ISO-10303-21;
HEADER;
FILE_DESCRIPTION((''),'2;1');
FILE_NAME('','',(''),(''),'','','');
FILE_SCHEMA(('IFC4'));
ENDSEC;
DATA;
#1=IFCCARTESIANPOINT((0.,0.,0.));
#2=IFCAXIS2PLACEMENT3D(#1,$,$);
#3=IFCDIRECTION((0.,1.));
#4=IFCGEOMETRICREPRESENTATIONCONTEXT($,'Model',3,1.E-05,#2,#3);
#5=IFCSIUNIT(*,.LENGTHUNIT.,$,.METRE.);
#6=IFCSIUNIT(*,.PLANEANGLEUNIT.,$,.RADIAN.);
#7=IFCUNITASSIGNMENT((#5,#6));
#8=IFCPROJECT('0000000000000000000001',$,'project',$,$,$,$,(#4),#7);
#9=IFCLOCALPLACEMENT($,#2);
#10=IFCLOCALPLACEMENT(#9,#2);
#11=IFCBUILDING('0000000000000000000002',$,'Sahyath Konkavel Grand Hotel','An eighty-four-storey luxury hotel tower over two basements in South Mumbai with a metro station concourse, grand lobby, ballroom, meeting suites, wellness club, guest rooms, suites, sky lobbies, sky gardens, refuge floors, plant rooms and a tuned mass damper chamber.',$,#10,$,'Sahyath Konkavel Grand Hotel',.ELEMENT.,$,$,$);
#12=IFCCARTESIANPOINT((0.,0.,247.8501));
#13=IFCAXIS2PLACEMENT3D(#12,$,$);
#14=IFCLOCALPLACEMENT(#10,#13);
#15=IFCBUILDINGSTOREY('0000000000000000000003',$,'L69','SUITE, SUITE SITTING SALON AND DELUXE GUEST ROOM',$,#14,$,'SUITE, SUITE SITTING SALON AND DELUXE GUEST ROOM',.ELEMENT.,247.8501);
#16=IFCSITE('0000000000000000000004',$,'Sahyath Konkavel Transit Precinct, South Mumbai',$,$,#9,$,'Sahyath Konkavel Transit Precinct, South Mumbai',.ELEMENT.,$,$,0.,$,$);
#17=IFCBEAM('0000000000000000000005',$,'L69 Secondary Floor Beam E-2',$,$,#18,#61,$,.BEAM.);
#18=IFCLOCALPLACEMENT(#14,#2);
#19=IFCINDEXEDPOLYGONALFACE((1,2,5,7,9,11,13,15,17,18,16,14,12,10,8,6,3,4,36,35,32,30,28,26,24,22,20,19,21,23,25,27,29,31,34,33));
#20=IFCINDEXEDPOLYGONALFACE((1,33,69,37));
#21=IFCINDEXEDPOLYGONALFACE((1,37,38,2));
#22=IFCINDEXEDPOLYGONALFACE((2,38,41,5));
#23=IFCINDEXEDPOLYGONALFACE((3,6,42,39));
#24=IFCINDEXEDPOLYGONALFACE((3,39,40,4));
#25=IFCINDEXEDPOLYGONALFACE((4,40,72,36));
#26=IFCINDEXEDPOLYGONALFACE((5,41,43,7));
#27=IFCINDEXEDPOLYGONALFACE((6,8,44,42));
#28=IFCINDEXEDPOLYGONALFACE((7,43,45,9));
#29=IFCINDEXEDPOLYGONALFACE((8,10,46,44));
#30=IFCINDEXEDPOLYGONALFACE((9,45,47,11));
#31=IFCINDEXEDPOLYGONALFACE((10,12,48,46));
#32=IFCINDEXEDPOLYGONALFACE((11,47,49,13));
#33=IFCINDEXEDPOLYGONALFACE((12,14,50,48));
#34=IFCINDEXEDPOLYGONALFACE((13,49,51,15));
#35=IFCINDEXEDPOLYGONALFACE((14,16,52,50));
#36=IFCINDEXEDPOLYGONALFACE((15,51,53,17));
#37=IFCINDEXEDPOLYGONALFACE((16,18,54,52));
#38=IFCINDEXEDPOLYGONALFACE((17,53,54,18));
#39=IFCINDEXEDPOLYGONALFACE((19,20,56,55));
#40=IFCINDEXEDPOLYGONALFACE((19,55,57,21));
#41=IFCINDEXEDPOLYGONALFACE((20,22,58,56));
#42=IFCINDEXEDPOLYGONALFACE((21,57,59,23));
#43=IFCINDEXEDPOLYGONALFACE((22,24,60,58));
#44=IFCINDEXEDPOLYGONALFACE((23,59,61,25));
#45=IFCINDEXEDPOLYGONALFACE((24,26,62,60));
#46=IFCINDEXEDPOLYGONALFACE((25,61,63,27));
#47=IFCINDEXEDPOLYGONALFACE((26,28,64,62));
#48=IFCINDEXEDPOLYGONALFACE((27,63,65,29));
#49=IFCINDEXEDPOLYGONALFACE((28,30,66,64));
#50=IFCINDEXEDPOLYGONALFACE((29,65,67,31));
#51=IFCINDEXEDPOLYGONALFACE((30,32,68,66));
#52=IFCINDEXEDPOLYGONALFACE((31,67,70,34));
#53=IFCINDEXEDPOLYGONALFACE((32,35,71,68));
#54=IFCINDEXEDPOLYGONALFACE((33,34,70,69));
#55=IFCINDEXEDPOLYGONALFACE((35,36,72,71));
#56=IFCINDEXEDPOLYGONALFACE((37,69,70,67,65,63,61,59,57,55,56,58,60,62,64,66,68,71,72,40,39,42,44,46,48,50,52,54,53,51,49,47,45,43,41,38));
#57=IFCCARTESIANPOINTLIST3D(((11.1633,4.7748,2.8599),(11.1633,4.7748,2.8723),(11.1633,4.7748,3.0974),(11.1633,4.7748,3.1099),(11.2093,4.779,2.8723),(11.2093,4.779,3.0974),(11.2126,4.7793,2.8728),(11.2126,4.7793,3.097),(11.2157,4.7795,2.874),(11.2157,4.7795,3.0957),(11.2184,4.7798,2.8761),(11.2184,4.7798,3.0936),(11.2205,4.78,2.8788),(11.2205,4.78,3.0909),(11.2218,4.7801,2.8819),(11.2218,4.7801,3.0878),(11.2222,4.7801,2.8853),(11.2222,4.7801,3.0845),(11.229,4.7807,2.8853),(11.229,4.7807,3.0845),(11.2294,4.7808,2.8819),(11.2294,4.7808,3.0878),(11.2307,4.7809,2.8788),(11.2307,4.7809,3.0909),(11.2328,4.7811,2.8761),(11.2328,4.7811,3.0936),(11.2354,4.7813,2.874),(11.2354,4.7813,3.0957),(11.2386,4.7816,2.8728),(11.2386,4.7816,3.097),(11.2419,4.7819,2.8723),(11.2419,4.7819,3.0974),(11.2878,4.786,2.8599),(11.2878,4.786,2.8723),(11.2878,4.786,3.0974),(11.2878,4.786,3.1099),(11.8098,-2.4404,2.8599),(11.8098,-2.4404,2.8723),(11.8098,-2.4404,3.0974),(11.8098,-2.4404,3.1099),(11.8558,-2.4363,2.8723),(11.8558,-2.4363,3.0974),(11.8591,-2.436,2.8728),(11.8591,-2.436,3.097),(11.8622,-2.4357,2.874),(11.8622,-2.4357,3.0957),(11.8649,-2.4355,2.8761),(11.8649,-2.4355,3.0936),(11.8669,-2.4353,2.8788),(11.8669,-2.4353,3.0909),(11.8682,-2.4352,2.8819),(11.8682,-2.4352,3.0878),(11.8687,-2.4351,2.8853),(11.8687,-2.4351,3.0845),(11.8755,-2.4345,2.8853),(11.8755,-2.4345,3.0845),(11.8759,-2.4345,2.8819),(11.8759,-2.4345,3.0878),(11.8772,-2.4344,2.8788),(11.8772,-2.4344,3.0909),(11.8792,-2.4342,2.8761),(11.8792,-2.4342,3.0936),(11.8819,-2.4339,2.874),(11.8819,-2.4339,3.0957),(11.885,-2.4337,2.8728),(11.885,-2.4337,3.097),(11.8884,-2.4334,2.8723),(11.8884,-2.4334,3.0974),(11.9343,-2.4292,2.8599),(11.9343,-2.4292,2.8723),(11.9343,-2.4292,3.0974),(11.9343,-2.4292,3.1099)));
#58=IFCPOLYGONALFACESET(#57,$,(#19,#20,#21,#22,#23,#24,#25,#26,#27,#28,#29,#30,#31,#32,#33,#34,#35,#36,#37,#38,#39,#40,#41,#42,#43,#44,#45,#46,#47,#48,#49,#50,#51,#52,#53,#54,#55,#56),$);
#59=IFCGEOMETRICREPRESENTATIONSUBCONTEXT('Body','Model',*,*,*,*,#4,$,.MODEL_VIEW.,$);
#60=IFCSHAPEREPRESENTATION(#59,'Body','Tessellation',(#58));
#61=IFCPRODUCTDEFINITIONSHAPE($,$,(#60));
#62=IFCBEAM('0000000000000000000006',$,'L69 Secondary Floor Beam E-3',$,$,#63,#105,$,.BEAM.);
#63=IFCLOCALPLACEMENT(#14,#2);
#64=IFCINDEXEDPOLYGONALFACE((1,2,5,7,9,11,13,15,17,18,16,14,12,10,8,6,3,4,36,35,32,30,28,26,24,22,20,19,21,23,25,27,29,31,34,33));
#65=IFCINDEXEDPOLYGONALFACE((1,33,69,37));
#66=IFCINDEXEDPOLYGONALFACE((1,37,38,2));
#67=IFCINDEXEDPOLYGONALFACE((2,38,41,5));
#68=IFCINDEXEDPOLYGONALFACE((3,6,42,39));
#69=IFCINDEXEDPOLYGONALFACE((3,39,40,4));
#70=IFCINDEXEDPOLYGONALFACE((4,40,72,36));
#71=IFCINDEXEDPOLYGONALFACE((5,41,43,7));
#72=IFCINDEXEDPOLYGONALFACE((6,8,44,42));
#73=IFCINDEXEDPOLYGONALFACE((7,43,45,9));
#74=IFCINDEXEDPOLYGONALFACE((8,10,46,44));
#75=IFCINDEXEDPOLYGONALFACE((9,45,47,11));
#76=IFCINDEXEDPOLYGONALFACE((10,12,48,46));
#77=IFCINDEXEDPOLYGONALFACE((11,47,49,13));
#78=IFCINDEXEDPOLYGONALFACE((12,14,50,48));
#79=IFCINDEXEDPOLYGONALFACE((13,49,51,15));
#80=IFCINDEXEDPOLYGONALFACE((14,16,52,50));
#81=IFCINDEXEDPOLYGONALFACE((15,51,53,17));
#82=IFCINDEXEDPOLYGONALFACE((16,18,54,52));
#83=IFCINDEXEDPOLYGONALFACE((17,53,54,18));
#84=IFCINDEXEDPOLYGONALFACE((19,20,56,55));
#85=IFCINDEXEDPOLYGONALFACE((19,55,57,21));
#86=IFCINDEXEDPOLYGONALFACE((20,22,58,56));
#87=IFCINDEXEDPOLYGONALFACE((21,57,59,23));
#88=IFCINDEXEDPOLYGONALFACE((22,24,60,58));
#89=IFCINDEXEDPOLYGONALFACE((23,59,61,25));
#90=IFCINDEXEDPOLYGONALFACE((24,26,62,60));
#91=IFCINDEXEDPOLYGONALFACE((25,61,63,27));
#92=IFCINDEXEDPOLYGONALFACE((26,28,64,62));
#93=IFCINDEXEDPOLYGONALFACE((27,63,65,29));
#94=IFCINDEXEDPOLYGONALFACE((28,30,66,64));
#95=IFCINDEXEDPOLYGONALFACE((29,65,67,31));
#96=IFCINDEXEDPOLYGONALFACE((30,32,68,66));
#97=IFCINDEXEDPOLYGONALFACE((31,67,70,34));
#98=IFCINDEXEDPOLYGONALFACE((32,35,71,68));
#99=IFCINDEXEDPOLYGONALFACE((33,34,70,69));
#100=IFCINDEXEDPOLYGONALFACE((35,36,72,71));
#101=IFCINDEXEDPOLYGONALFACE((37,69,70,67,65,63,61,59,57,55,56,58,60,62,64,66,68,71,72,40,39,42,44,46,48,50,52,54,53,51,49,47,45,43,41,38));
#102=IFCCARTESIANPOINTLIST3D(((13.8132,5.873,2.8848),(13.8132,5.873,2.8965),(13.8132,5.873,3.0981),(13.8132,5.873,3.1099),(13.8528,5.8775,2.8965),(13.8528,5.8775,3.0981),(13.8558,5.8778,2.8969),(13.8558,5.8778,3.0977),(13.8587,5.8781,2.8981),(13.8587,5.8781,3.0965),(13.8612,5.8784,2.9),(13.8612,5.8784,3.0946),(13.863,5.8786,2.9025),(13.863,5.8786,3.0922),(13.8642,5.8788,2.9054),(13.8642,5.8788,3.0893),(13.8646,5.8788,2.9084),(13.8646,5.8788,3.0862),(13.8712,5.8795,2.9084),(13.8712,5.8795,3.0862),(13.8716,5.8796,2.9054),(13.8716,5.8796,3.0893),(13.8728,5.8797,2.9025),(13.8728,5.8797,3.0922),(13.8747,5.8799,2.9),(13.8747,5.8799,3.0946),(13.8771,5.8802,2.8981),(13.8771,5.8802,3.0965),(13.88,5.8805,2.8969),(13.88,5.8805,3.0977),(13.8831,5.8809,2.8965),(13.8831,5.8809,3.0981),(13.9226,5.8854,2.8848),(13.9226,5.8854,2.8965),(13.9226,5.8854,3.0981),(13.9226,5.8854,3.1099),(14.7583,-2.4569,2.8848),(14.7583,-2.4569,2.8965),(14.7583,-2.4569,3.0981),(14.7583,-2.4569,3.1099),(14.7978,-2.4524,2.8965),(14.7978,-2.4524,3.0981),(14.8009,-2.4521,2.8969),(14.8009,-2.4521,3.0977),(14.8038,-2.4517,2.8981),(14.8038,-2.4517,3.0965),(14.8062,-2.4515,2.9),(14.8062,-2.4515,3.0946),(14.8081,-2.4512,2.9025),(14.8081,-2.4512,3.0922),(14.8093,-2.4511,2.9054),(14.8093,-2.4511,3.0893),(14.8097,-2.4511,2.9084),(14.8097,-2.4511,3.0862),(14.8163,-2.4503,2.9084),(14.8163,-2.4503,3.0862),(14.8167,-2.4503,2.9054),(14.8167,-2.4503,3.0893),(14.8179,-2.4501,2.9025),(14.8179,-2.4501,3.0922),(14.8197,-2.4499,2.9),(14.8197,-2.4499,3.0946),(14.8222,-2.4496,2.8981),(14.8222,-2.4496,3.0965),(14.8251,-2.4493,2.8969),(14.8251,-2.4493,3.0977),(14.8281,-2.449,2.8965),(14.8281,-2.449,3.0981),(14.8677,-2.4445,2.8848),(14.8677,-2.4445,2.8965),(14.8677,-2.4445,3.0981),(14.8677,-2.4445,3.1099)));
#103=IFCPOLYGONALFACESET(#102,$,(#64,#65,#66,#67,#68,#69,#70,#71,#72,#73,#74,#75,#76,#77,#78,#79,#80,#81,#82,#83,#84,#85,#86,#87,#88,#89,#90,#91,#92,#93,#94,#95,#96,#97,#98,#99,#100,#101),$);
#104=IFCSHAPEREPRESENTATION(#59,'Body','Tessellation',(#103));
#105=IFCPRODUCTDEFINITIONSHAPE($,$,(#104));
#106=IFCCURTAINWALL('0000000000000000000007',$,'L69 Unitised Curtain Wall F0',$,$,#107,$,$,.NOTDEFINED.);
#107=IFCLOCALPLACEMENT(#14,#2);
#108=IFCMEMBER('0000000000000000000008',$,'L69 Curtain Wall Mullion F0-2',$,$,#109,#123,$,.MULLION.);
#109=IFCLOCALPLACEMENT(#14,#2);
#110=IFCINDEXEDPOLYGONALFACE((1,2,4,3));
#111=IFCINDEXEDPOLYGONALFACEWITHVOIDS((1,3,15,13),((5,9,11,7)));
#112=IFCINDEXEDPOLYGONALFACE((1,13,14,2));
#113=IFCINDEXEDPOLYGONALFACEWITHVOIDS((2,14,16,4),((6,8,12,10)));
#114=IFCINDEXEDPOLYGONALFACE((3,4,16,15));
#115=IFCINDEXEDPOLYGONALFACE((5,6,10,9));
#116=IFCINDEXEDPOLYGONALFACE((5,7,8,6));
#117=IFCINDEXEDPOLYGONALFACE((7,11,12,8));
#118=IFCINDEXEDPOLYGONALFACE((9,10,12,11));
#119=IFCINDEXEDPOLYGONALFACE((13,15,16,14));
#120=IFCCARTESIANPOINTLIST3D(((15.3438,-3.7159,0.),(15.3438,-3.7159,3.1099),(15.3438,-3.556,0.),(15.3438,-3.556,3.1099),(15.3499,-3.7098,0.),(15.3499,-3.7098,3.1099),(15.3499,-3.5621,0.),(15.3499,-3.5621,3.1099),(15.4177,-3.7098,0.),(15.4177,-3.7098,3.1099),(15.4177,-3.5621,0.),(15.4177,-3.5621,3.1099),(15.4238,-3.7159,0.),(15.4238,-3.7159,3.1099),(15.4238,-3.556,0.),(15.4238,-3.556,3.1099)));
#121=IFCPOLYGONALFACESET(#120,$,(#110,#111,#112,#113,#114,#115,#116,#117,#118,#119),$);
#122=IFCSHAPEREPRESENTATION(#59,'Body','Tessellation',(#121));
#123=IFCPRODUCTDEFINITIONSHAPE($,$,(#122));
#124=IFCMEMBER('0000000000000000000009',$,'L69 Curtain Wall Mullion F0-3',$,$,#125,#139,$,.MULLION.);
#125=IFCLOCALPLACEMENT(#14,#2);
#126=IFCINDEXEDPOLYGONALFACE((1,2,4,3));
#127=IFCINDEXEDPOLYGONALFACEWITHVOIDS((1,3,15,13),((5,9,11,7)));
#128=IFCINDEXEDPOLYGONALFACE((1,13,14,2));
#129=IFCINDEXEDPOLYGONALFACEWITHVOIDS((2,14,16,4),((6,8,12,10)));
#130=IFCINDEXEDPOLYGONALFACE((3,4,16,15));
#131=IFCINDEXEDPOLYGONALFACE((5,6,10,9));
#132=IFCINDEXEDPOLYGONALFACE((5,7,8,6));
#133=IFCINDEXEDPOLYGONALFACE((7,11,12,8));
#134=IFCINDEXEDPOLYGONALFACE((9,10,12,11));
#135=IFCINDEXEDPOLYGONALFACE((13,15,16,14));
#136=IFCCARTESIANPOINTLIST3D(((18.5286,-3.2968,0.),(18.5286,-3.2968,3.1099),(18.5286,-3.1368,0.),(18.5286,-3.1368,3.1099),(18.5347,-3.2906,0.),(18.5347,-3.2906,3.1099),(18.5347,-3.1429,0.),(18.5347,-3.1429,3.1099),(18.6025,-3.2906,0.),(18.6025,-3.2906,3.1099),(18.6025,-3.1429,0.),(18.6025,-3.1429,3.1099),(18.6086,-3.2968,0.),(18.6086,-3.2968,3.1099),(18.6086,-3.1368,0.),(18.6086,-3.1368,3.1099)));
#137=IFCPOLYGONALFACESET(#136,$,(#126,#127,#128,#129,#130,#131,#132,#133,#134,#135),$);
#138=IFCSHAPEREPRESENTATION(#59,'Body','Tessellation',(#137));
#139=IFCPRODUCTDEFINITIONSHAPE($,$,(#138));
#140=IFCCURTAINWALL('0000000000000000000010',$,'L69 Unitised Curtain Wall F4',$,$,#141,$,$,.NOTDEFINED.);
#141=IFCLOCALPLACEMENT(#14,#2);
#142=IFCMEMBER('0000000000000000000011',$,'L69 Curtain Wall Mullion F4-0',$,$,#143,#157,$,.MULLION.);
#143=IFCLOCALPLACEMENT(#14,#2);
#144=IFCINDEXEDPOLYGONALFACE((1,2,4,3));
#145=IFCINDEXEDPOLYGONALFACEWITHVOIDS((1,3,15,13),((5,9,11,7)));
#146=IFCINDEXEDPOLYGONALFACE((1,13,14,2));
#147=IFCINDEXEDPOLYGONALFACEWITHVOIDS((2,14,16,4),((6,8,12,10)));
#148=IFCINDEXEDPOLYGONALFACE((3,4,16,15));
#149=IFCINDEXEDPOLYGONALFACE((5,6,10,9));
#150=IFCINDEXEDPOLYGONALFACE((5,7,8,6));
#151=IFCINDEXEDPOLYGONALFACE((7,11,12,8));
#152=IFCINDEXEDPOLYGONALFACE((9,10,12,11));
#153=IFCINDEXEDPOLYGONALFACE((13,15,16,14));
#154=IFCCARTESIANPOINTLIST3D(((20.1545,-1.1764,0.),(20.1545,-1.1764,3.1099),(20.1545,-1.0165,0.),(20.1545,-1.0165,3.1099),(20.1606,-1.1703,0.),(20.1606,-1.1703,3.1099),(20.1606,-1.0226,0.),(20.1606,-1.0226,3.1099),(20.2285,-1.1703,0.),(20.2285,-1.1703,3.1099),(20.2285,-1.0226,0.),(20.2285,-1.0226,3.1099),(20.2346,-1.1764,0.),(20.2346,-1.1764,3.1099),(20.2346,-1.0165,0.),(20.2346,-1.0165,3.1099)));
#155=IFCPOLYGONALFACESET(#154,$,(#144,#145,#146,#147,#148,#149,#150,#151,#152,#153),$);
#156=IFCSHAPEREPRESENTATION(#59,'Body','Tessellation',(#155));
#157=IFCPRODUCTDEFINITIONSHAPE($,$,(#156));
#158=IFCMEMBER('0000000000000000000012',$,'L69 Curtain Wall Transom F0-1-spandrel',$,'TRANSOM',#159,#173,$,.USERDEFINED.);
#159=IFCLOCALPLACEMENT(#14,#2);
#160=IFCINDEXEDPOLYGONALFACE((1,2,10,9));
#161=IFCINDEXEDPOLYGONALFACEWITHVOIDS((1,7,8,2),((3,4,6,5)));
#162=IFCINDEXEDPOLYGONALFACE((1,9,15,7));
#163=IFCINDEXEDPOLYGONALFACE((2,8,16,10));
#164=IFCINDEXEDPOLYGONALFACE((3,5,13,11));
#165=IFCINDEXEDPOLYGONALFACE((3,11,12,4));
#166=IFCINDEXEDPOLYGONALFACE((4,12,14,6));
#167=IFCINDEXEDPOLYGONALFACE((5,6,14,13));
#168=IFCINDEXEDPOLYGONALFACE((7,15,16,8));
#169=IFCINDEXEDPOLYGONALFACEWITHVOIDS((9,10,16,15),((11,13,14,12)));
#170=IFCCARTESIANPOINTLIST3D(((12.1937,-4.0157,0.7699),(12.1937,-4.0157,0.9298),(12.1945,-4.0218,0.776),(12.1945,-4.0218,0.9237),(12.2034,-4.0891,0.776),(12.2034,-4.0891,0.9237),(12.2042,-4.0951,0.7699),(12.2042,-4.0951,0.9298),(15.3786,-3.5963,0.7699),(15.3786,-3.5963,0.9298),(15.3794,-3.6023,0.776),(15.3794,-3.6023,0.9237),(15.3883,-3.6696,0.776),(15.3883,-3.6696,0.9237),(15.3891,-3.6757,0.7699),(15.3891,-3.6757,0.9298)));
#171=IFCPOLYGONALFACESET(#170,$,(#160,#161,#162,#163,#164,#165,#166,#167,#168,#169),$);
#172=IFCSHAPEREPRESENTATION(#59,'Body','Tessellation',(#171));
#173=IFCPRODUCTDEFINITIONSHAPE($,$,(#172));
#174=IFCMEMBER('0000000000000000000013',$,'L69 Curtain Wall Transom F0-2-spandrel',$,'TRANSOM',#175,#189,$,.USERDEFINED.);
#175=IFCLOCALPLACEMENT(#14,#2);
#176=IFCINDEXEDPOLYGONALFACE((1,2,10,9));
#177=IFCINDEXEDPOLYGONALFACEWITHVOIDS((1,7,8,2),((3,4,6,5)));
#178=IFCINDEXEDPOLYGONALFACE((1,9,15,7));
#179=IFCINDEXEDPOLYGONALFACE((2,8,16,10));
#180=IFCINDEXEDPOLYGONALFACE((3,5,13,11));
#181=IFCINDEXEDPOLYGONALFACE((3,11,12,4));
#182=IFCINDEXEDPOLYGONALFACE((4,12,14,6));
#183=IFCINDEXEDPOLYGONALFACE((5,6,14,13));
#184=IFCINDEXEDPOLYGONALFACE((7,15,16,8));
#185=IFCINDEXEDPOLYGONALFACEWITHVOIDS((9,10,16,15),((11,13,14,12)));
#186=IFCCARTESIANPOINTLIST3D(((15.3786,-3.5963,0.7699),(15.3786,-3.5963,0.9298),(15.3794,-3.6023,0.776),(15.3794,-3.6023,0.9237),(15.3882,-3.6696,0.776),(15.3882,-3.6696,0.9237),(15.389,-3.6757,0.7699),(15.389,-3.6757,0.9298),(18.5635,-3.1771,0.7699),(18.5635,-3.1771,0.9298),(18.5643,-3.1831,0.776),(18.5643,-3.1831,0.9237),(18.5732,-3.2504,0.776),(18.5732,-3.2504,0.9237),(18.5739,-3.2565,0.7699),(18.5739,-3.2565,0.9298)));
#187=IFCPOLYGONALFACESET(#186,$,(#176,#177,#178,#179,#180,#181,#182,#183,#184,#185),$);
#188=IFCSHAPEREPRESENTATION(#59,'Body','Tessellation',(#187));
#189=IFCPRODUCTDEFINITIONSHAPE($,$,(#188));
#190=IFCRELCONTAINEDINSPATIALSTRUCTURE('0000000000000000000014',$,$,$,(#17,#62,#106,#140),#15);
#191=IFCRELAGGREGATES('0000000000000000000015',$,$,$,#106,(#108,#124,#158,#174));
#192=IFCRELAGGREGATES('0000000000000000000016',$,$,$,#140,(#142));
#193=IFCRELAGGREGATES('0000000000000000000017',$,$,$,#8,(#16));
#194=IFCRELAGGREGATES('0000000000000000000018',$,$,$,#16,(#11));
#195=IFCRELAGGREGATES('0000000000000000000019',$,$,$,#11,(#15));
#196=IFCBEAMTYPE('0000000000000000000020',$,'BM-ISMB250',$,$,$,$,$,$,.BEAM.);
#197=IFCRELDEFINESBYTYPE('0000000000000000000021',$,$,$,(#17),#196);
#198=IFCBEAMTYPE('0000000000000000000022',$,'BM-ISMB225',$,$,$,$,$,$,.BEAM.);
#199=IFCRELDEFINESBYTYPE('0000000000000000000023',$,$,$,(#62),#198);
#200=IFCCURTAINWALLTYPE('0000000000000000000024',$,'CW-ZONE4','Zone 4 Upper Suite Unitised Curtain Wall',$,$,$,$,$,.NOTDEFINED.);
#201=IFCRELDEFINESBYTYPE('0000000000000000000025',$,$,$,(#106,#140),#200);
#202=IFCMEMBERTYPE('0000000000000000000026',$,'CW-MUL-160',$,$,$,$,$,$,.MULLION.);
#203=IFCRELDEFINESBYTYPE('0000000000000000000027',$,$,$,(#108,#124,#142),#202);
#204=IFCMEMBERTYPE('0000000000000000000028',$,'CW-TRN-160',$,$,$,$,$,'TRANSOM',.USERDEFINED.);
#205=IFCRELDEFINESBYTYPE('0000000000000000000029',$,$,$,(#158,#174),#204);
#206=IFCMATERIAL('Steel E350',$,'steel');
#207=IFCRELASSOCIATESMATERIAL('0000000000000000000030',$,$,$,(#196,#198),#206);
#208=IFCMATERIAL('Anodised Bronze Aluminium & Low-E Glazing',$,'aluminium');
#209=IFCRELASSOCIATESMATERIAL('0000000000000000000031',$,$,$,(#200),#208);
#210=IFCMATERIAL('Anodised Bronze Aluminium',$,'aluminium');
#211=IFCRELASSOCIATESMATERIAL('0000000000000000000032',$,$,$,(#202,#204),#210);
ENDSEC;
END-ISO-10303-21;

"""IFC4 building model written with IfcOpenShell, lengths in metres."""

from ifc_helpers import new_model, si_unit, direction, frame, origin, origin_2d, place, context, subcontext, project, spatial, hollow_rectangle, i_section, extrude, source, transform, mapped, material, material_profile, profile_set, type_object, element, aggregate, save


model = new_model("IFC4")

# Units and contexts
model_context = context("Model", 3, precision=1e-05, world=origin(), true_north=direction((0.0, 1.0)))
body_context = subcontext(model_context, "Body", "Model", "MODEL_VIEW")
ifc_project = project(units=[si_unit("LENGTHUNIT", "METRE"), si_unit("PLANEANGLEUNIT", "RADIAN")], contexts=[model_context])

# Site, building, storey
site_placement = place(None, origin())
site = spatial("IfcSite", under=ifc_project, at=site_placement, Name="Sahyath Konkavel Transit Precinct, South Mumbai", LongName="Sahyath Konkavel Transit Precinct, South Mumbai", CompositionType="ELEMENT", RefElevation=0.0)
building_placement = place(site_placement, origin())
building = spatial("IfcBuilding", under=site, at=building_placement, Name="Sahyath Konkavel Grand Hotel", Description="An eighty-four-storey luxury hotel tower over two basements in South Mumbai with a metro station concourse, grand lobby, ballroom, meeting suites, wellness club, guest rooms, suites, sky lobbies, sky gardens, refuge floors, plant rooms and a tuned mass damper chamber.", LongName="Sahyath Konkavel Grand Hotel", CompositionType="ELEMENT")
storey_placement = place(building_placement, frame((0.0, 0.0, 247.8501)))
storey = spatial("IfcBuildingStorey", under=building, at=storey_placement, Name="L69", Description="SUITE, SUITE SITTING SALON AND DELUXE GUEST ROOM", LongName="SUITE, SUITE SITTING SALON AND DELUXE GUEST ROOM", CompositionType="ELEMENT", Elevation=247.8501)

# Beams
ifc_material_1 = material(Name="Steel E350", Category="steel")
ifc_material_profile_1 = material_profile(ifc_material_1, i_section(OverallWidth=0.125, OverallDepth=0.25, WebThickness=0.0068, FlangeThickness=0.0125, FilletRadius=0.0129, at=origin_2d()), Name="ISMB 250")
ifc_profile_set_1 = profile_set([ifc_material_profile_1], Name="Steel E350")
beam_type_1 = type_object("IfcBeamType", Name="BM-ISMB250", PredefinedType="BEAM", material=ifc_profile_set_1)
shared_shape_1 = source(origin(), body_context, "Body", "SweptSolid", [
    extrude(i_section(OverallWidth=0.125, OverallDepth=0.25, WebThickness=0.0068, FlangeThickness=0.0125, FilletRadius=0.0129, at=origin_2d()), origin(), (0.0, 0.0, 1.0), 7.2441),
])
beam_1_placement = place(storey_placement, frame((11.8721, -2.4348, 2.9849), z_axis=(-0.089241, 0.99601, 0.0), x_axis=(-0.99601, -0.089241, 0.0)))
element("IfcBeam", 1, at=beam_1_placement, inside=storey, type_object=beam_type_1, Name="L69 Secondary Floor Beam E-2", PredefinedType="BEAM", context=body_context, shape_type="MappedRepresentation", body=[
    mapped(shared_shape_1, transform((0.0, 0.0, 0.0), scale=1.0)),
])
ifc_material_profile_2 = material_profile(ifc_material_1, i_section(OverallWidth=0.1101, OverallDepth=0.2251, WebThickness=0.0066, FlangeThickness=0.0117, FilletRadius=0.012, at=origin_2d()), Name="ISMB 225")
ifc_profile_set_2 = profile_set([ifc_material_profile_2], Name="Steel E350")
beam_type_2 = type_object("IfcBeamType", Name="BM-ISMB225", PredefinedType="BEAM", material=ifc_profile_set_2)
shared_shape_2 = source(origin(), body_context, "Body", "SweptSolid", [
    extrude(i_section(OverallWidth=0.1101, OverallDepth=0.2251, WebThickness=0.0066, FlangeThickness=0.0117, FilletRadius=0.012, at=origin_2d()), origin(), (0.0, 0.0, 1.0), 8.3833),
])
beam_2_placement = place(storey_placement, frame((14.813, -2.4507, 2.9973), z_axis=(-0.112733, 0.993625, 0.0), x_axis=(-0.993625, -0.112733, 0.0)))
element("IfcBeam", 2, at=beam_2_placement, inside=storey, type_object=beam_type_2, Name="L69 Secondary Floor Beam E-3", PredefinedType="BEAM", context=body_context, shape_type="MappedRepresentation", body=[
    mapped(shared_shape_2, transform((0.0, 0.0, 0.0), scale=1.0)),
])

# Curtain wall, members
ifc_material_2 = material(Name="Anodised Bronze Aluminium & Low-E Glazing", Category="aluminium")
curtain_wall_type = type_object("IfcCurtainWallType", Name="CW-ZONE4", Description="Zone 4 Upper Suite Unitised Curtain Wall", PredefinedType="NOTDEFINED", material=ifc_material_2)
curtain_wall_1_placement = place(storey_placement, origin())
curtain_wall_1 = element("IfcCurtainWall", 3, at=curtain_wall_1_placement, inside=storey, type_object=curtain_wall_type, Name="L69 Unitised Curtain Wall F0", PredefinedType="NOTDEFINED")
ifc_material_3 = material(Name="Anodised Bronze Aluminium", Category="aluminium")
ifc_material_profile_3 = material_profile(ifc_material_3, hollow_rectangle(XDim=0.0801, YDim=0.1599, WallThickness=0.0061, at=origin_2d()), Name="RHS 160x80x6")
ifc_profile_set_3 = profile_set([ifc_material_profile_3], Name="Anodised Bronze Aluminium")
member_type_1 = type_object("IfcMemberType", Name="CW-MUL-160", PredefinedType="MULLION", material=ifc_profile_set_3)
shared_shape_3 = source(origin(), body_context, "Body", "SweptSolid", [
    extrude(hollow_rectangle(XDim=0.0801, YDim=0.1599, WallThickness=0.0061, at=origin_2d()), origin(), (0.0, 0.0, 1.0), 3.1099),
])
member_1_placement = place(storey_placement, frame((15.3838, -3.636, 0.0), z_axis=(0.0, 0.0, 1.0), x_axis=(1.0, 0.0, 0.0)))
member_1 = element("IfcMember", 4, at=member_1_placement, type_object=member_type_1, Name="L69 Curtain Wall Mullion F0-2", PredefinedType="MULLION", context=body_context, shape_type="MappedRepresentation", body=[
    mapped(shared_shape_3, transform((0.0, 0.0, 0.0), scale=1.0)),
])
member_2_placement = place(storey_placement, frame((18.5686, -3.2168, 0.0), z_axis=(0.0, 0.0, 1.0), x_axis=(1.0, 0.0, 0.0)))
member_2 = element("IfcMember", 5, at=member_2_placement, type_object=member_type_1, Name="L69 Curtain Wall Mullion F0-3", PredefinedType="MULLION", context=body_context, shape_type="MappedRepresentation", body=[
    mapped(shared_shape_3, transform((0.0, 0.0, 0.0), scale=1.0)),
])

# Curtain wall, member
curtain_wall_2_placement = place(storey_placement, origin())
curtain_wall_2 = element("IfcCurtainWall", 6, at=curtain_wall_2_placement, inside=storey, type_object=curtain_wall_type, Name="L69 Unitised Curtain Wall F4", PredefinedType="NOTDEFINED")
member_3_placement = place(storey_placement, frame((20.1946, -1.0964, 0.0), z_axis=(0.0, 0.0, 1.0), x_axis=(1.0, 0.0, 0.0)))
member_3 = element("IfcMember", 7, at=member_3_placement, type_object=member_type_1, Name="L69 Curtain Wall Mullion F4-0", PredefinedType="MULLION", context=body_context, shape_type="MappedRepresentation", body=[
    mapped(shared_shape_3, transform((0.0, 0.0, 0.0), scale=1.0)),
])

# Members
ifc_material_profile_4 = material_profile(ifc_material_3, hollow_rectangle(XDim=0.0801, YDim=0.1599, WallThickness=0.0061, at=origin_2d()), Name="RHS 160x80x6")
ifc_profile_set_4 = profile_set([ifc_material_profile_4], Name="Anodised Bronze Aluminium")
member_type_2 = type_object("IfcMemberType", Name="CW-TRN-160", ElementType="TRANSOM", PredefinedType="USERDEFINED", material=ifc_profile_set_4)
shared_shape_4 = source(origin(), body_context, "Body", "SweptSolid", [
    extrude(hollow_rectangle(XDim=0.0801, YDim=0.1599, WallThickness=0.0061, at=origin_2d()), origin(), (0.0, 0.0, 1.0), 3.2124),
])
member_4_placement = place(storey_placement, frame((12.199, -4.0554, 0.8499), z_axis=(0.991439, 0.130571, 0.0), x_axis=(-0.130571, 0.991439, 0.0)))
member_4 = element("IfcMember", 8, at=member_4_placement, type_object=member_type_2, Name="L69 Curtain Wall Transom F0-1-spandrel", ObjectType="TRANSOM", PredefinedType="USERDEFINED", context=body_context, shape_type="MappedRepresentation", body=[
    mapped(shared_shape_4, transform((0.0, 0.0, 0.0), scale=1.0)),
])
member_5_placement = place(storey_placement, frame((15.3838, -3.636, 0.8499), z_axis=(0.991449, 0.130496, 0.0), x_axis=(-0.130496, 0.991449, 0.0)))
member_5 = element("IfcMember", 9, at=member_5_placement, type_object=member_type_2, Name="L69 Curtain Wall Transom F0-2-spandrel", ObjectType="TRANSOM", PredefinedType="USERDEFINED", context=body_context, shape_type="MappedRepresentation", body=[
    mapped(shared_shape_4, transform((0.0, 0.0, 0.0), scale=1.0)),
])

aggregate(curtain_wall_1, [member_1, member_2, member_4, member_5])
aggregate(curtain_wall_2, [member_3])

save(model, "model.ifc")
